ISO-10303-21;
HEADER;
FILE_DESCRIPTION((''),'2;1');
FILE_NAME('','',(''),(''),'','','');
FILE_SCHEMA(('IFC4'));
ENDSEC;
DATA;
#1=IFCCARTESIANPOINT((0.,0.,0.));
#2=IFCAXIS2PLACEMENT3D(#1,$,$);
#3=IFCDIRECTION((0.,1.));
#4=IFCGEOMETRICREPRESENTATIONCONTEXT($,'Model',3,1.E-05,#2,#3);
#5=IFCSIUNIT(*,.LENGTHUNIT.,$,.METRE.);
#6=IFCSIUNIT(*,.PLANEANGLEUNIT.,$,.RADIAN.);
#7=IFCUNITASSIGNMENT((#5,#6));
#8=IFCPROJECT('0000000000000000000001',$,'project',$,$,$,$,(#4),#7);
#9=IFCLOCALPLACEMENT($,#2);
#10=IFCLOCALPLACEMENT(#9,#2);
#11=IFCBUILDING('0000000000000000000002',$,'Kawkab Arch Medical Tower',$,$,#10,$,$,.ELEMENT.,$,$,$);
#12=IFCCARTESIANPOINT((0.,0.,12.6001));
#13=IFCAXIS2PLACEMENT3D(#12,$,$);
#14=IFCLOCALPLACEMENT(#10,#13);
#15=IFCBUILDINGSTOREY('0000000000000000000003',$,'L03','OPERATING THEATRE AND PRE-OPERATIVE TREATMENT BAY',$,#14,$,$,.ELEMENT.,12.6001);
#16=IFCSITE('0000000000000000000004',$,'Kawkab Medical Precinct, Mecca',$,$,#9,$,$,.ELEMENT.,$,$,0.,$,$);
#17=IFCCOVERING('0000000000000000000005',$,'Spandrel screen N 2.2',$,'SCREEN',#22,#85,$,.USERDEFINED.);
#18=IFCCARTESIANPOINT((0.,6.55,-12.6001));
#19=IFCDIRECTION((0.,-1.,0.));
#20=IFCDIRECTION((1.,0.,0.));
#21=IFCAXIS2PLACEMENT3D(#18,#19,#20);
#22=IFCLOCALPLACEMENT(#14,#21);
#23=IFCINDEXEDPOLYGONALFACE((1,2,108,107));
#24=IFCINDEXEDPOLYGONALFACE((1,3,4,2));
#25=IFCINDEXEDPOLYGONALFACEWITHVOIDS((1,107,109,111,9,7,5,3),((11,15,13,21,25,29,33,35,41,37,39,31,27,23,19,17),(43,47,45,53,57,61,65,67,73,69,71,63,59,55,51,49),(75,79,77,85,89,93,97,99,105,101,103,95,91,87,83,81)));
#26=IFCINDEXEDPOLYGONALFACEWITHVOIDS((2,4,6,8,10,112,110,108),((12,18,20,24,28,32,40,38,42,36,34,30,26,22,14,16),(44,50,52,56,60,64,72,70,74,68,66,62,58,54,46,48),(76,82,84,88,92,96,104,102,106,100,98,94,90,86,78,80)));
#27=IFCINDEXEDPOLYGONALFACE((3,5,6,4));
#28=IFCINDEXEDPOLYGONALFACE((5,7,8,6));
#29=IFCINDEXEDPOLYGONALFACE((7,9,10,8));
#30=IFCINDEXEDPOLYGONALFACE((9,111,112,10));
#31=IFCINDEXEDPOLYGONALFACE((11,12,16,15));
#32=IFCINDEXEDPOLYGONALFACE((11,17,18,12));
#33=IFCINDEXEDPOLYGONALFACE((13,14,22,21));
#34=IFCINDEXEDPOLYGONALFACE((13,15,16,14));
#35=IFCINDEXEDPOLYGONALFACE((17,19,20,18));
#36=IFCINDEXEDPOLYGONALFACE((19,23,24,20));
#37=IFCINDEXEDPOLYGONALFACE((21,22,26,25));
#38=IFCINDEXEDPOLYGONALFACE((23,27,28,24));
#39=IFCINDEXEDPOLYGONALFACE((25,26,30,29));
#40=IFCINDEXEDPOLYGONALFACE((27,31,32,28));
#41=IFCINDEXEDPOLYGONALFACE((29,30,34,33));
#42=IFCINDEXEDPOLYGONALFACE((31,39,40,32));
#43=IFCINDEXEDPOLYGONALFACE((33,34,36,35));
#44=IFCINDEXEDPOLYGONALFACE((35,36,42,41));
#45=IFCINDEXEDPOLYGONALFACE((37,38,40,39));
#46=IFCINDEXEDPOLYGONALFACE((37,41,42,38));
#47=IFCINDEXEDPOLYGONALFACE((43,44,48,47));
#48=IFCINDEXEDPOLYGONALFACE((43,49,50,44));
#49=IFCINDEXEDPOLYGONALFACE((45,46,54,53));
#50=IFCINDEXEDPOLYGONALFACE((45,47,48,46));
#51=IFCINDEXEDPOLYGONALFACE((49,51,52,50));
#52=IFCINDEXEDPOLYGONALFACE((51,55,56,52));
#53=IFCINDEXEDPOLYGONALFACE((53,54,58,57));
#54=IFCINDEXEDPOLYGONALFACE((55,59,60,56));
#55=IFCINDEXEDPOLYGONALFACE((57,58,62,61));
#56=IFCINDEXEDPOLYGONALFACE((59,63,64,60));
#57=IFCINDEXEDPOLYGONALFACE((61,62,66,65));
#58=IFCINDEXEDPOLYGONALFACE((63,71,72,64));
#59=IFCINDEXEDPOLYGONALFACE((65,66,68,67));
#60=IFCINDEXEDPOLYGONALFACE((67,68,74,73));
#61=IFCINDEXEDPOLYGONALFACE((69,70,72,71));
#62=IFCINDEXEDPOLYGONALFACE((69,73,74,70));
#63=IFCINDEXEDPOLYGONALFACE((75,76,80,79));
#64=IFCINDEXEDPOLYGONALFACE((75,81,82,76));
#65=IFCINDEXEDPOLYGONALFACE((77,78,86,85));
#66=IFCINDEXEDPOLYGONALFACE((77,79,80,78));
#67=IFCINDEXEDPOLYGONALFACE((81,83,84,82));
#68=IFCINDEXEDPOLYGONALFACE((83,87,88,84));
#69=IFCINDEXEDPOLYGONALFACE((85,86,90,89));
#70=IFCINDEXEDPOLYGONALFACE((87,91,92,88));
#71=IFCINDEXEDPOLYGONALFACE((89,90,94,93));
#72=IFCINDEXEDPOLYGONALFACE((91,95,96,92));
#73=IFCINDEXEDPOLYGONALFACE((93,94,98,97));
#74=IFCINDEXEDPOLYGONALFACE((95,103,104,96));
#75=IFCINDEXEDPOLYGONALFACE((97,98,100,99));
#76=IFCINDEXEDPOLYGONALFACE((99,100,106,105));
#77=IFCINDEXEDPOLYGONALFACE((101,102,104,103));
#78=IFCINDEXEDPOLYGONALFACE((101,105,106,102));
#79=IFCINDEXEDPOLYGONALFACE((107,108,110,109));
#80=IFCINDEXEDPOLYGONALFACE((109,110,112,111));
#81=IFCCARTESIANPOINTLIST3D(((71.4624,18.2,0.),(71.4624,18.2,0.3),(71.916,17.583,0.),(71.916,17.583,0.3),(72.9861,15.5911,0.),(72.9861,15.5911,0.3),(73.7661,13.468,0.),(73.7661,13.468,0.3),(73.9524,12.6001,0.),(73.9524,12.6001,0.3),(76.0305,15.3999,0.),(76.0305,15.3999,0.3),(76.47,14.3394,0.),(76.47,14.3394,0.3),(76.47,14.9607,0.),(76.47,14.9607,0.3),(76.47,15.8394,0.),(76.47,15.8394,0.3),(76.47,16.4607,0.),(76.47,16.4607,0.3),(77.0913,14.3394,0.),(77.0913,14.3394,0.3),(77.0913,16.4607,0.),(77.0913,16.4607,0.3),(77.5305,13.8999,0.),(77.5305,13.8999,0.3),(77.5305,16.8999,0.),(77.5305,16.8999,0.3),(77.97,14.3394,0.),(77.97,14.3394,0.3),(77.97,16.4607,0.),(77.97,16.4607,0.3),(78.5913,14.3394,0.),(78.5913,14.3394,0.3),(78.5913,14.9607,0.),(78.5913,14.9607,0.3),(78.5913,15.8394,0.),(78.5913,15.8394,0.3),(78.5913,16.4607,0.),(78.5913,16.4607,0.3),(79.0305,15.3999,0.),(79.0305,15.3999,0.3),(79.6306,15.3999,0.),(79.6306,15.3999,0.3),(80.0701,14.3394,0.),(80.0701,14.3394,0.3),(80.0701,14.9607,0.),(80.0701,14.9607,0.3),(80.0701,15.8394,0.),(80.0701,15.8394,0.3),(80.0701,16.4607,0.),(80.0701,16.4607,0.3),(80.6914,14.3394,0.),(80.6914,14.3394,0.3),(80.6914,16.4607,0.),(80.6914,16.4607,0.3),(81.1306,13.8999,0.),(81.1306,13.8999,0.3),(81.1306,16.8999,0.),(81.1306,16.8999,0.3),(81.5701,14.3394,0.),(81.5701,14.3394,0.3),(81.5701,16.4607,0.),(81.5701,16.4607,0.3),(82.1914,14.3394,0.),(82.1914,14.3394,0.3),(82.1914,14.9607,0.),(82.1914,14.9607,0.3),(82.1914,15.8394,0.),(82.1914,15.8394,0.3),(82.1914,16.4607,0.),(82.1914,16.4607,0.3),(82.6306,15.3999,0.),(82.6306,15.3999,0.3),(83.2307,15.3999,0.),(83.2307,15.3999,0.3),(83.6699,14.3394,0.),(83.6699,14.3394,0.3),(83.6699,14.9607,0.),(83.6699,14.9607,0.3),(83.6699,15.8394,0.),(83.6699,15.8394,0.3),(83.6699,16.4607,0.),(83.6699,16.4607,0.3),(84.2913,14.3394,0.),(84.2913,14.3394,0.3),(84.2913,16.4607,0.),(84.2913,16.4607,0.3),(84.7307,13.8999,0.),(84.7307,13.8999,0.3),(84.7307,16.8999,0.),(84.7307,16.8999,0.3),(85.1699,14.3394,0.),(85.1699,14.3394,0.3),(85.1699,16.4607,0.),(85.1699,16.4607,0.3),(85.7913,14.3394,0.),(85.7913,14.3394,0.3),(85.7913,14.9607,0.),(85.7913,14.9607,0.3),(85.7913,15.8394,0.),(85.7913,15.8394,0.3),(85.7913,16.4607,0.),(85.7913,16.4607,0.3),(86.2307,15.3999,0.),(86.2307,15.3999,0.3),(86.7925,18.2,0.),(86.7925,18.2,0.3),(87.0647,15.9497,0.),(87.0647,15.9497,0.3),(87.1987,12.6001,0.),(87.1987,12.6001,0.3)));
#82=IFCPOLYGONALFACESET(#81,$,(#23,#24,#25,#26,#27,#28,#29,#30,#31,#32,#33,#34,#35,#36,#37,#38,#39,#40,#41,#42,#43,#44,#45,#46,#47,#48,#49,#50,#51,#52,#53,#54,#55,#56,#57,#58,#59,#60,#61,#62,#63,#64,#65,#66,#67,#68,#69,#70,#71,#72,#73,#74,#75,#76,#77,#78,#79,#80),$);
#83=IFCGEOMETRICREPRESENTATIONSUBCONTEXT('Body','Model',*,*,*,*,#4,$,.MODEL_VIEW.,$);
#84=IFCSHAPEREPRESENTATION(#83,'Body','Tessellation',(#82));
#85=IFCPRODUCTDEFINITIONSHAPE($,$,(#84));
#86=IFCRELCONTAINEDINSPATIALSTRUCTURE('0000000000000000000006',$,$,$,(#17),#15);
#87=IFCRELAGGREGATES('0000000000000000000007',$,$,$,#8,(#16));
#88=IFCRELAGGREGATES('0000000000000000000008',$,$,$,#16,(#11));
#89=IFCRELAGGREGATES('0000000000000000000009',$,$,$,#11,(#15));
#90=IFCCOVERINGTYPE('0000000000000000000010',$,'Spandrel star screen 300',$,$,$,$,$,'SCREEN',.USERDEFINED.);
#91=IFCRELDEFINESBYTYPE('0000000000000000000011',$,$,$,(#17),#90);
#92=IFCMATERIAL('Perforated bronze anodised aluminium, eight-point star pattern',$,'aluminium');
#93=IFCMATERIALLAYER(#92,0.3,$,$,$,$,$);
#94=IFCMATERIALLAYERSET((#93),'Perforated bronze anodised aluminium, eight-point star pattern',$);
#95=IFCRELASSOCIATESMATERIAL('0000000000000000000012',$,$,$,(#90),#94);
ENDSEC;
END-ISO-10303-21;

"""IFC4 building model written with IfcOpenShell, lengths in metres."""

from ifc_helpers import new_model, si_unit, direction, frame, origin, place, context, subcontext, project, spatial, polyline, outline, extrude, material, layer, layer_set, type_object, element, save


model = new_model("IFC4")

# Units and contexts
model_context = context("Model", 3, precision=1e-05, world=origin(), true_north=direction((0.0, 1.0)))
body_context = subcontext(model_context, "Body", "Model", "MODEL_VIEW")
ifc_project = project(units=[si_unit("LENGTHUNIT", "METRE"), si_unit("PLANEANGLEUNIT", "RADIAN")], contexts=[model_context])

# Site, building, storey
site_placement = place(None, origin())
site = spatial("IfcSite", under=ifc_project, at=site_placement, Name="Kawkab Medical Precinct, Mecca", CompositionType="ELEMENT", RefElevation=0.0)
building_placement = place(site_placement, origin())
building = spatial("IfcBuilding", under=site, at=building_placement, Name="Kawkab Arch Medical Tower", CompositionType="ELEMENT")
storey_placement = place(building_placement, frame((0.0, 0.0, 12.6001)))
storey = spatial("IfcBuildingStorey", under=building, at=storey_placement, Name="L03", Description="OPERATING THEATRE AND PRE-OPERATIVE TREATMENT BAY", CompositionType="ELEMENT", Elevation=12.6001)

# Covering
ifc_material_1 = material(Name="Perforated bronze anodised aluminium, eight-point star pattern", Category="aluminium")
ifc_layer_1 = layer(ifc_material_1, 0.3)
ifc_layer_set_1 = layer_set([ifc_layer_1], Name="Perforated bronze anodised aluminium, eight-point star pattern")
covering_type = type_object("IfcCoveringType", Name="Spandrel star screen 300", ElementType="SCREEN", PredefinedType="USERDEFINED", material=ifc_layer_set_1)
placement_1 = place(storey_placement, frame((0.0, 6.55, -12.6001), z_axis=(0.0, -1.0, 0.0), x_axis=(1.0, 0.0, 0.0)))
element("IfcCovering", 1, at=placement_1, inside=storey, type_object=covering_type, Name="Spandrel screen N 2.2", ObjectType="SCREEN", PredefinedType="USERDEFINED", context=body_context, shape_type="SweptSolid", body=[
    extrude(outline(polyline([(86.7925, 18.2), (71.4624, 18.2), (71.916, 17.583), (72.9861, 15.5911), (73.7661, 13.468), (73.9524, 12.6001), (87.1987, 12.6001), (87.0647, 15.9497), (86.7925, 18.2)]), holes=[polyline([(79.0305, 15.3999), (78.5913, 15.8394), (78.5913, 16.4607), (77.97, 16.4607), (77.5305, 16.8999), (77.0913, 16.4607), (76.47, 16.4607), (76.47, 15.8394), (76.0305, 15.3999), (76.47, 14.9607), (76.47, 14.3394), (77.0913, 14.3394), (77.5305, 13.8999), (77.97, 14.3394), (78.5913, 14.3394), (78.5913, 14.9607), (79.0305, 15.3999)]), polyline([(82.6306, 15.3999), (82.1914, 15.8394), (82.1914, 16.4607), (81.5701, 16.4607), (81.1306, 16.8999), (80.6914, 16.4607), (80.0701, 16.4607), (80.0701, 15.8394), (79.6306, 15.3999), (80.0701, 14.9607), (80.0701, 14.3394), (80.6914, 14.3394), (81.1306, 13.8999), (81.5701, 14.3394), (82.1914, 14.3394), (82.1914, 14.9607), (82.6306, 15.3999)]), polyline([(86.2307, 15.3999), (85.7913, 15.8394), (85.7913, 16.4607), (85.1699, 16.4607), (84.7307, 16.8999), (84.2913, 16.4607), (83.6699, 16.4607), (83.6699, 15.8394), (83.2307, 15.3999), (83.6699, 14.9607), (83.6699, 14.3394), (84.2913, 14.3394), (84.7307, 13.8999), (85.1699, 14.3394), (85.7913, 14.3394), (85.7913, 14.9607), (86.2307, 15.3999)])]), origin(), (0.0, 0.0, 1.0), 0.3),
])

save(model, "model.ifc")
